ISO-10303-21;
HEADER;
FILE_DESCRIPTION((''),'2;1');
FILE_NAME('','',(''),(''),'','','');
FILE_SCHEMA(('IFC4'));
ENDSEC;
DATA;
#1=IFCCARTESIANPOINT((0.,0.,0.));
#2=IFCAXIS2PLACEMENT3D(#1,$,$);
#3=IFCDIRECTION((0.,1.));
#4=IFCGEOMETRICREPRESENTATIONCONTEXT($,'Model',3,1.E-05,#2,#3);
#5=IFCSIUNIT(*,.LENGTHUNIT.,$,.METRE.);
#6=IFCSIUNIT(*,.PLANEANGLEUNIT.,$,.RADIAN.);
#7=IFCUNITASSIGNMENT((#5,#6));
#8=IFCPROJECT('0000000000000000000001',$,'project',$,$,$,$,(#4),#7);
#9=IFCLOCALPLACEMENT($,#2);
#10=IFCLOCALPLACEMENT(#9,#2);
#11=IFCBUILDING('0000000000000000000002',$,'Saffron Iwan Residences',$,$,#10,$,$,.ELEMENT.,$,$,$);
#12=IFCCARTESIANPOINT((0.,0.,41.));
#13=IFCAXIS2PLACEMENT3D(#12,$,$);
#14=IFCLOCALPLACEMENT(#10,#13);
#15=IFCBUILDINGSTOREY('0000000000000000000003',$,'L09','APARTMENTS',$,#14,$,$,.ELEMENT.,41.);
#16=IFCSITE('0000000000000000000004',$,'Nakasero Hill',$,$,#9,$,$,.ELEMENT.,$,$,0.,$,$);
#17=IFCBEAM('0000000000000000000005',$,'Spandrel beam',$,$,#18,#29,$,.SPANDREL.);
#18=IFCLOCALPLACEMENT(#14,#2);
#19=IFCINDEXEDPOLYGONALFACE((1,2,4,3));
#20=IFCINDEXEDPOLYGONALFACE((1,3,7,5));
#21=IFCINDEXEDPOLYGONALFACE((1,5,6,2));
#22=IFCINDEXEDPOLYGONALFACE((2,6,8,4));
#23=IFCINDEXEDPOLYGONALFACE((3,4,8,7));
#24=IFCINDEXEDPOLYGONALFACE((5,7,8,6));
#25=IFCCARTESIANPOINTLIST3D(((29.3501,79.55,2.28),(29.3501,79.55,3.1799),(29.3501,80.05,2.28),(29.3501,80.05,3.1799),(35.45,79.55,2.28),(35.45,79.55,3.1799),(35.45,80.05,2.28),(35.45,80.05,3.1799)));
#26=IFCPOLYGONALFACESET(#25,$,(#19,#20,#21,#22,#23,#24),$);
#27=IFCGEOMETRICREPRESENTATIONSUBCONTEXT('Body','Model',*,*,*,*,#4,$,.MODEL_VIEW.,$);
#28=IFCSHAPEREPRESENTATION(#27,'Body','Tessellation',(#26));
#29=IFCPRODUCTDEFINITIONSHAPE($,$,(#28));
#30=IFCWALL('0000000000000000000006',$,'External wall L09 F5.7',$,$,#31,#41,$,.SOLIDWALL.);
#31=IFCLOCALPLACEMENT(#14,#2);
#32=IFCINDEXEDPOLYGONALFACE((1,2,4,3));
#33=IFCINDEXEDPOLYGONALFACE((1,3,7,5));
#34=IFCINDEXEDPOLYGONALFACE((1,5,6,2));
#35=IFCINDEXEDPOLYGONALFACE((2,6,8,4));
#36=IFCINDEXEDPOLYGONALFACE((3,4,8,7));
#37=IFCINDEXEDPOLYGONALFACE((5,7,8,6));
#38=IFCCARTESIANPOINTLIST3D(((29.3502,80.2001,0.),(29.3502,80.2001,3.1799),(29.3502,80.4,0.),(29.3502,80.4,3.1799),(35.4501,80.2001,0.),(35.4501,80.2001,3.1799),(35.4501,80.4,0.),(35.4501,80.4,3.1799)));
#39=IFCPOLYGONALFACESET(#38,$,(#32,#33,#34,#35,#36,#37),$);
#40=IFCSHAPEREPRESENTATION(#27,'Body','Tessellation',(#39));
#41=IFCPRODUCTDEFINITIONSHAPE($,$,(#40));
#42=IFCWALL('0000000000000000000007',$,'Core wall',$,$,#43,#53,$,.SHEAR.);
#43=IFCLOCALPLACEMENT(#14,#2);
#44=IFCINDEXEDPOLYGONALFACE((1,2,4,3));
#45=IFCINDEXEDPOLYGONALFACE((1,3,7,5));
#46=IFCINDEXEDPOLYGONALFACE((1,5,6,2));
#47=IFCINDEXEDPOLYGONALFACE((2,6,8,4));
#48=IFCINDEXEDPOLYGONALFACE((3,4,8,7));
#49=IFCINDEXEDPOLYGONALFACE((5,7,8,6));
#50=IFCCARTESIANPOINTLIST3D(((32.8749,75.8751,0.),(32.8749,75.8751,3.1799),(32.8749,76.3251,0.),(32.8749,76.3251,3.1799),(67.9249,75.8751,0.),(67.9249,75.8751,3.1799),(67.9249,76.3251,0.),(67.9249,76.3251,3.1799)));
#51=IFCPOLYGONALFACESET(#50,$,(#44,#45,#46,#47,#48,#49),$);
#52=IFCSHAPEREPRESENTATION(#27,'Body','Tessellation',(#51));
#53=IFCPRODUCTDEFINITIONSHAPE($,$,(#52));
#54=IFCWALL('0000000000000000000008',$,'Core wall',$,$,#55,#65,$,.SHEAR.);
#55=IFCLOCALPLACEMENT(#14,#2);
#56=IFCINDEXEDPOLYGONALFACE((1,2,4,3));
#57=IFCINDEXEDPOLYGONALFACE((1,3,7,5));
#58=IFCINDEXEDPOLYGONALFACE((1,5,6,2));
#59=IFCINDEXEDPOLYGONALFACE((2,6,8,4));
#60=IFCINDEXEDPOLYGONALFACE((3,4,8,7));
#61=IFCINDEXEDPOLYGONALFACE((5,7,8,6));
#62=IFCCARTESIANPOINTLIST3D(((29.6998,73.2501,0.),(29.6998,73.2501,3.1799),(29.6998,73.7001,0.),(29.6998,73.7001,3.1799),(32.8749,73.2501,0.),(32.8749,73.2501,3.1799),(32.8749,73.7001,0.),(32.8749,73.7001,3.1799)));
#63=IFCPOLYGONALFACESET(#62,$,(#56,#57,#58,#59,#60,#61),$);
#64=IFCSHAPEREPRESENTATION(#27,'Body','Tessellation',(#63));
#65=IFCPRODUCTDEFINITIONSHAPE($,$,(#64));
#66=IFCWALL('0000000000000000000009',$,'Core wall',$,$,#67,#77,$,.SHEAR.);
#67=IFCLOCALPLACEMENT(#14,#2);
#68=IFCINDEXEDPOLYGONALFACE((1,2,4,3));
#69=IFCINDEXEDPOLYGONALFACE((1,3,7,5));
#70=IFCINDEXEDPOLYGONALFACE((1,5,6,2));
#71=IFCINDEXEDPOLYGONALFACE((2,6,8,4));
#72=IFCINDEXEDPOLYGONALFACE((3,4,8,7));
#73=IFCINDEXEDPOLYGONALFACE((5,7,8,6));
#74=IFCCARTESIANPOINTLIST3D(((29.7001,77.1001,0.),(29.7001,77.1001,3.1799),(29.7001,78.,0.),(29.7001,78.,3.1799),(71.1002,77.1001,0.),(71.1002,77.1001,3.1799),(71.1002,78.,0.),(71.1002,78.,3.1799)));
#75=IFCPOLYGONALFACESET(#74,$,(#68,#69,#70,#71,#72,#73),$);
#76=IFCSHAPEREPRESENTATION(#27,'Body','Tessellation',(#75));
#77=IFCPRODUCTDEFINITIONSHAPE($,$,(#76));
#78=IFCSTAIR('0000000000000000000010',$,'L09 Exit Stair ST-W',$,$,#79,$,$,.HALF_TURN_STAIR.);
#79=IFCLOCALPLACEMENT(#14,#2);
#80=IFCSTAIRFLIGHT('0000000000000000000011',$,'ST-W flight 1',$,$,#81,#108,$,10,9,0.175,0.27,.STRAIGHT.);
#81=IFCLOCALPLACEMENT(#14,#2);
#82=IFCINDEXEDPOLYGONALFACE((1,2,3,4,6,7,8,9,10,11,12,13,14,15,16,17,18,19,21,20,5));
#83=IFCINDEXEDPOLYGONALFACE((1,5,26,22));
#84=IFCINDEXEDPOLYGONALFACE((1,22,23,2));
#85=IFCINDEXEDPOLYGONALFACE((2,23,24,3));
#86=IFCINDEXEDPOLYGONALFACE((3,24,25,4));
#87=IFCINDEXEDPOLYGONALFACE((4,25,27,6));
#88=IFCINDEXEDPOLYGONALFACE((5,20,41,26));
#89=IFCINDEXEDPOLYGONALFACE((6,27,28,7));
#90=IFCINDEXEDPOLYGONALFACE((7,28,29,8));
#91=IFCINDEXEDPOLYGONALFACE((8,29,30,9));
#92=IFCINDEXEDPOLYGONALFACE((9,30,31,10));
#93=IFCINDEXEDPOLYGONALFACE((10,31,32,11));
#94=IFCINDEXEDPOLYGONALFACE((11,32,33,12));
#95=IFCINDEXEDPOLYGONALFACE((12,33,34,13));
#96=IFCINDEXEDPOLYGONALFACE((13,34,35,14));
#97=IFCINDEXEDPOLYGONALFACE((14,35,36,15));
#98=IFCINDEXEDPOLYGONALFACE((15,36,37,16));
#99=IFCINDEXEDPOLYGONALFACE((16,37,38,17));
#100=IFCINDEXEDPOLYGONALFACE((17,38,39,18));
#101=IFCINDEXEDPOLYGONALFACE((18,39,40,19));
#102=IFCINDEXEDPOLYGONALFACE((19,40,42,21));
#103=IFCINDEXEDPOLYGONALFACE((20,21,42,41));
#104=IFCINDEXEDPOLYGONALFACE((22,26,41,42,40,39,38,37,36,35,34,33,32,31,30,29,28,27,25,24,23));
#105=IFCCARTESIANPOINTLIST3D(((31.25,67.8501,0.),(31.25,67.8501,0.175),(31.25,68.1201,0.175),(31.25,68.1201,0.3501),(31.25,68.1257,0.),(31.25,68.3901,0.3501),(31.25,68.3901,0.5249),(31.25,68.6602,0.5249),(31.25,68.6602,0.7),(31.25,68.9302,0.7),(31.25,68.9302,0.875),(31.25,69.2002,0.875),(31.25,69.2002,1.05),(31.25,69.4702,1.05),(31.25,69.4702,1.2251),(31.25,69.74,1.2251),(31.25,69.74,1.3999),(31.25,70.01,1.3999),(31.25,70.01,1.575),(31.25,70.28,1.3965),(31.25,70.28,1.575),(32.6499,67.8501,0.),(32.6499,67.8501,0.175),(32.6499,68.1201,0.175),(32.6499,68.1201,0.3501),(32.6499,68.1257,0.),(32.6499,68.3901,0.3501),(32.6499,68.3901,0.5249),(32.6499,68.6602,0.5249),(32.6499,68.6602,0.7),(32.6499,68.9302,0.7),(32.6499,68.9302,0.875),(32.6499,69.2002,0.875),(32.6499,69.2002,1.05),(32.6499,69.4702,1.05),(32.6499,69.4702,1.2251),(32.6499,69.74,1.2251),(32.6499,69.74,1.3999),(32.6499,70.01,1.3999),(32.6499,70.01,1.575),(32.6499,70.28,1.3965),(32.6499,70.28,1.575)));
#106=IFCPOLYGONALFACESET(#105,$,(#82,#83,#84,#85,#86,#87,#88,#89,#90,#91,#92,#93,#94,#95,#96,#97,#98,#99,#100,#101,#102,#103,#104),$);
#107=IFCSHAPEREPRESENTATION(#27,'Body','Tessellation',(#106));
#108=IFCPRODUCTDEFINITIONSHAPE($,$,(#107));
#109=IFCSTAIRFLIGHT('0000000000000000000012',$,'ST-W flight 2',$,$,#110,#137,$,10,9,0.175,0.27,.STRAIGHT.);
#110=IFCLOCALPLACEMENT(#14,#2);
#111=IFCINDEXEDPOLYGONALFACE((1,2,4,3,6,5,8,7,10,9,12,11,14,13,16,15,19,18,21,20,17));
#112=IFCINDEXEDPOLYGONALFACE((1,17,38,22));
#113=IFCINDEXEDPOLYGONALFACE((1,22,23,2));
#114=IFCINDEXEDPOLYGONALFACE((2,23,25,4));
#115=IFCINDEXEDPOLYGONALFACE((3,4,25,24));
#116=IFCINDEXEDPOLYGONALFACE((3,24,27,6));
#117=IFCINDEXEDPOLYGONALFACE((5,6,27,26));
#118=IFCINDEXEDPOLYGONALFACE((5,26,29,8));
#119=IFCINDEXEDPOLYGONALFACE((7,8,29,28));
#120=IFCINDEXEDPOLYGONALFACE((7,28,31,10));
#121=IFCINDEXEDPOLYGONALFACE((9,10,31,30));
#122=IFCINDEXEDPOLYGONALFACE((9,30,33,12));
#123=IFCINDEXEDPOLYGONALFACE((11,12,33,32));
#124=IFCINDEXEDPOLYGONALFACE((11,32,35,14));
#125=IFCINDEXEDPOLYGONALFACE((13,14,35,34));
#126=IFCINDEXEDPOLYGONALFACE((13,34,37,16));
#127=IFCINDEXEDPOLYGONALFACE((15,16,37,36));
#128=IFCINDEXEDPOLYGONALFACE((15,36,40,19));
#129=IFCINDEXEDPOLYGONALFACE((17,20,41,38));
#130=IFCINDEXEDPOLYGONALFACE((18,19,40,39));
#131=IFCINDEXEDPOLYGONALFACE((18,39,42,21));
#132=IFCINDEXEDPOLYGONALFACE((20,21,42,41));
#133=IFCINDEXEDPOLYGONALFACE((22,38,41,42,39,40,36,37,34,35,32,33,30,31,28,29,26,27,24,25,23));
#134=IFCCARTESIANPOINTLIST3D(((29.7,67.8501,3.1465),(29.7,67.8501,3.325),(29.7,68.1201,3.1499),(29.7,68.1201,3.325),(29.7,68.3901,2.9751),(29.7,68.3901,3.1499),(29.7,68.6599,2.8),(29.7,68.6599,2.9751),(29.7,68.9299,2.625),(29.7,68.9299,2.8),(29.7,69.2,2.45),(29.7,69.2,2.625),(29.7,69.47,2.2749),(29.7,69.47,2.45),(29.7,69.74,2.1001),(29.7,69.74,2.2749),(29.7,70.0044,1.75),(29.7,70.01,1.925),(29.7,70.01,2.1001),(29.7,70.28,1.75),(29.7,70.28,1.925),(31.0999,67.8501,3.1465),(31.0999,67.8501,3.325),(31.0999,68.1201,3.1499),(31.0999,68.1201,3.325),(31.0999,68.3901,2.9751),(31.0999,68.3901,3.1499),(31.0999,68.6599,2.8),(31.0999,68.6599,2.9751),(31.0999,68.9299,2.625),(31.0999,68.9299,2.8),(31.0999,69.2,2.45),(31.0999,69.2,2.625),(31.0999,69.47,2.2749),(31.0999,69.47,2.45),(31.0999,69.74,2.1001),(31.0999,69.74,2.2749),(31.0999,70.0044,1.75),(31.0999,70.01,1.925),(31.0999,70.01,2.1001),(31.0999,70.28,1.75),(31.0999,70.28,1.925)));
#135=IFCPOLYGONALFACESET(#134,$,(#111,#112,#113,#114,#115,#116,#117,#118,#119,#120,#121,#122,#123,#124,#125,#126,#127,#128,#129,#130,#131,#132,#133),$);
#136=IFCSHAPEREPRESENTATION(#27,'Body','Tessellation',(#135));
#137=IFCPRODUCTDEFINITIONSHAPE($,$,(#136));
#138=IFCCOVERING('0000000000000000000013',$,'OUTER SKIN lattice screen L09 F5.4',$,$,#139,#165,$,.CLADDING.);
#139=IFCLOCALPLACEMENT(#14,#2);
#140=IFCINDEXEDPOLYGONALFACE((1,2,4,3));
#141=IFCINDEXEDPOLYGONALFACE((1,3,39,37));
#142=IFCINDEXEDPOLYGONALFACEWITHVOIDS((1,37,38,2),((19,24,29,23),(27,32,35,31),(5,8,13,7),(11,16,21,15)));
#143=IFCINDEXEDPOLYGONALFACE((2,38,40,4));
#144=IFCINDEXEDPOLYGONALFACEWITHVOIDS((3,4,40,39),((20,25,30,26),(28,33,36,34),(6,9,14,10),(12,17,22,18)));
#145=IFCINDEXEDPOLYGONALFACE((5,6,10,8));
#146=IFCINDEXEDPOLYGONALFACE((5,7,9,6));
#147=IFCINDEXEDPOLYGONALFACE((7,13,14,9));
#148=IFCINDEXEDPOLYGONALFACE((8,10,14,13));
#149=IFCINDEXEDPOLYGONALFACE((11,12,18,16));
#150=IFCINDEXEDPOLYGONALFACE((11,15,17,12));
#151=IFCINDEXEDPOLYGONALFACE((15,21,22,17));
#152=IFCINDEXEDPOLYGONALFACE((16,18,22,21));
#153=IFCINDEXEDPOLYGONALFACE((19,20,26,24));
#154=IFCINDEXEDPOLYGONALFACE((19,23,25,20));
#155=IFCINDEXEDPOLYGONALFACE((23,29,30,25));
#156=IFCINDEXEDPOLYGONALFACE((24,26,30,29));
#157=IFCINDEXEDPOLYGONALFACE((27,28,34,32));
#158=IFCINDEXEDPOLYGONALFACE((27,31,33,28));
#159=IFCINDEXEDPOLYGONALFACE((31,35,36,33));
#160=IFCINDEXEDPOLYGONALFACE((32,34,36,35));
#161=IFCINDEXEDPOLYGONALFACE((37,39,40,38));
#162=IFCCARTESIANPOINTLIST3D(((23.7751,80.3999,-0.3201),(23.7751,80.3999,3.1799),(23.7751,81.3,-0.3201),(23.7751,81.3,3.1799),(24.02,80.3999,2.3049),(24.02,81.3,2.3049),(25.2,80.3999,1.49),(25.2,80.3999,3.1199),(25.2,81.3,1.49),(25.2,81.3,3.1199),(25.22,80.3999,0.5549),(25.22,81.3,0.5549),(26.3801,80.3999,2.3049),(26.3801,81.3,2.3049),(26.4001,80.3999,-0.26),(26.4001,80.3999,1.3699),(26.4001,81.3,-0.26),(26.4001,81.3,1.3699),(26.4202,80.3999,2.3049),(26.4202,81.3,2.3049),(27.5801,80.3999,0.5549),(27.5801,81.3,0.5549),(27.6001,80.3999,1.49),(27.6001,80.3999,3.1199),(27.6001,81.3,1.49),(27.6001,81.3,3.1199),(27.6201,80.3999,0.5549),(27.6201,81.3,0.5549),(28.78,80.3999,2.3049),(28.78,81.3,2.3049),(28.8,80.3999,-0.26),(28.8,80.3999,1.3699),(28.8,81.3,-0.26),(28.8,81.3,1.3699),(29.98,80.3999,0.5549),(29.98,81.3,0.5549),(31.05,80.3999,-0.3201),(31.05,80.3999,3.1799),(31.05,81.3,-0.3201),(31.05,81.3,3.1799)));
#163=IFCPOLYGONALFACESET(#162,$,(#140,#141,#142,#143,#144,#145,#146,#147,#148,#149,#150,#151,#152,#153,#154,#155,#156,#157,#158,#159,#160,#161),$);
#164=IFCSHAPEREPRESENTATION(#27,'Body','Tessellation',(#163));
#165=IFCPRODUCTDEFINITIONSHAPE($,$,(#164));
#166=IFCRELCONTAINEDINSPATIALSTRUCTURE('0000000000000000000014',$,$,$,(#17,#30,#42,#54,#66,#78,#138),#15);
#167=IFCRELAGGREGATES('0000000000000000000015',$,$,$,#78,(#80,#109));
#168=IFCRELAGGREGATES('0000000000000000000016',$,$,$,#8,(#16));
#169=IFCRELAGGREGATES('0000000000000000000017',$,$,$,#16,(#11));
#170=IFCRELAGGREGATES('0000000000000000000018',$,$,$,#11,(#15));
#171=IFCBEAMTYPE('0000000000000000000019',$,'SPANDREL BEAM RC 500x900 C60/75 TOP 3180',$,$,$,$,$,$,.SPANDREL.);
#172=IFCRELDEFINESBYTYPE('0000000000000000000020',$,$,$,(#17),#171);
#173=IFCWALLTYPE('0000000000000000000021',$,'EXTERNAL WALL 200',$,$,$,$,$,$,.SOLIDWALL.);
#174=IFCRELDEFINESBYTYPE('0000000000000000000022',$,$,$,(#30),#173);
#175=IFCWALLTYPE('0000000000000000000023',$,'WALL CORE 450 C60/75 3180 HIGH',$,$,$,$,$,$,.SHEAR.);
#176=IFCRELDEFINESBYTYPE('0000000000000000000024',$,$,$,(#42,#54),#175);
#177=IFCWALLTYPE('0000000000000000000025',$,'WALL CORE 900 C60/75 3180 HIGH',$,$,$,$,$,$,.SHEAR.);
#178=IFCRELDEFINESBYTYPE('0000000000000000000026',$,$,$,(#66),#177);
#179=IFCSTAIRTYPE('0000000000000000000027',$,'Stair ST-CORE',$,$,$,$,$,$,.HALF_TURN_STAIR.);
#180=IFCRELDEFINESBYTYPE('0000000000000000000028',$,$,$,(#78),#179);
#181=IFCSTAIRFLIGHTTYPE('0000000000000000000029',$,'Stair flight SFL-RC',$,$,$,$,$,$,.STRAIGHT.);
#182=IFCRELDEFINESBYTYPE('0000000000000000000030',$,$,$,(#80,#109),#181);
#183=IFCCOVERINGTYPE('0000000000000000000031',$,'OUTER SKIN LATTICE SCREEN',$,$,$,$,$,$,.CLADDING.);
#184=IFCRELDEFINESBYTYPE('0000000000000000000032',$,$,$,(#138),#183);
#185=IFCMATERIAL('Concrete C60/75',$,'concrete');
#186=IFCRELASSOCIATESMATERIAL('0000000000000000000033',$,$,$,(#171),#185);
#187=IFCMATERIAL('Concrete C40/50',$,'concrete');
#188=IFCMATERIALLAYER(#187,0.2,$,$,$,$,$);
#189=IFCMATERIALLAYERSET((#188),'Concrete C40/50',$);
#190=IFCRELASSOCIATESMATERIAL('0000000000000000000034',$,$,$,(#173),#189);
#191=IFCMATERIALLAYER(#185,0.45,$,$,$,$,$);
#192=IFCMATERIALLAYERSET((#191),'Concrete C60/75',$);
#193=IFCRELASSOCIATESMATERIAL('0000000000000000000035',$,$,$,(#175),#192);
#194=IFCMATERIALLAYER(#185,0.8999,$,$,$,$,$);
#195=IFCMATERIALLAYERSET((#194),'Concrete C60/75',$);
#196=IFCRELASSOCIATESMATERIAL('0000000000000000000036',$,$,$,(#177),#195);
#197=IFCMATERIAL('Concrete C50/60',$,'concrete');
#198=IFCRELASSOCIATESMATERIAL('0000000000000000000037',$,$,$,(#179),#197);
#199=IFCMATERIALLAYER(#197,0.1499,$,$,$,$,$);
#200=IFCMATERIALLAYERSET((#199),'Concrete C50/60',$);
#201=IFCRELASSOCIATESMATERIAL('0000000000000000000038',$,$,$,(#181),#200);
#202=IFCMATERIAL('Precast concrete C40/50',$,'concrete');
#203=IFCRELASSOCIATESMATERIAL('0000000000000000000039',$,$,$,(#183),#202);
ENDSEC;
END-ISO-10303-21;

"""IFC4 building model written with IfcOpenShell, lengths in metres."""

from ifc_helpers import new_model, si_unit, direction, frame, frame_2d, origin, origin_2d, place, context, subcontext, project, spatial, polyline, rectangle, outline, extrude, source, transform, mapped, material, layer, layer_set, material_profile, profile_set, type_object, element, aggregate, save


model = new_model("IFC4")

# Units and contexts
model_context = context("Model", 3, precision=1e-05, world=origin(), true_north=direction((0.0, 1.0)))
body_context = subcontext(model_context, "Body", "Model", "MODEL_VIEW")
ifc_project = project(units=[si_unit("LENGTHUNIT", "METRE"), si_unit("PLANEANGLEUNIT", "RADIAN")], contexts=[model_context])

# Site, building, storey
site_placement = place(None, origin())
site = spatial("IfcSite", under=ifc_project, at=site_placement, Name="Nakasero Hill", CompositionType="ELEMENT", RefElevation=0.0)
building_placement = place(site_placement, origin())
building = spatial("IfcBuilding", under=site, at=building_placement, Name="Saffron Iwan Residences", CompositionType="ELEMENT")
storey_placement = place(building_placement, frame((0.0, 0.0, 41.0)))
storey = spatial("IfcBuildingStorey", under=building, at=storey_placement, Name="L09", Description="APARTMENTS", CompositionType="ELEMENT", Elevation=41.0)

# Beam
ifc_material_1 = material(Name="Concrete C60/75", Category="concrete")
ifc_material_profile = material_profile(ifc_material_1, rectangle(XDim=0.5, YDim=0.8999, at=origin_2d()), Name="RC 500x900")
ifc_profile_set = profile_set([ifc_material_profile], Name="Concrete C60/75")
beam_type = type_object("IfcBeamType", Name="SPANDREL BEAM RC 500x900 C60/75 TOP 3180", PredefinedType="SPANDREL", material=ifc_profile_set)
shared_shape = source(origin(), body_context, "Body", "SweptSolid", [
    extrude(rectangle(XDim=0.5, YDim=0.8999, at=origin_2d()), origin(), (0.0, 0.0, 1.0), 6.0999),
])
beam_placement = place(storey_placement, frame((29.3501, 79.8, 2.73), z_axis=(1.0, 0.0, 0.0), x_axis=(0.0, 1.0, 0.0)))
element("IfcBeam", 1, at=beam_placement, inside=storey, type_object=beam_type, Name="Spandrel beam", PredefinedType="SPANDREL", context=body_context, shape_type="MappedRepresentation", body=[
    mapped(shared_shape, transform((0.0, 0.0, 0.0))),
])

# Wall
ifc_material_2 = material(Name="Concrete C40/50", Category="concrete")
ifc_layer_1 = layer(ifc_material_2, 0.2)
ifc_layer_set_1 = layer_set([ifc_layer_1], Name="Concrete C40/50")
wall_type_1 = type_object("IfcWallType", Name="EXTERNAL WALL 200", PredefinedType="SOLIDWALL", material=ifc_layer_set_1)
wall_1_placement = place(storey_placement, frame((35.45, 80.3, 0.0), z_axis=(0.0, 0.0, 1.0), x_axis=(-1.0, 0.0, 0.0)))
element("IfcWall", 2, at=wall_1_placement, inside=storey, type_object=wall_type_1, Name="External wall L09 F5.7", PredefinedType="SOLIDWALL", context=body_context, shape_type="SweptSolid", body=[
    extrude(rectangle(XDim=6.0999, YDim=0.2, at=frame_2d((3.0498, 0.0))), origin(), (0.0, 0.0, 1.0), 3.1799),
])

# Shared definitions
ifc_layer_2 = layer(ifc_material_1, 0.45)
ifc_layer_set_2 = layer_set([ifc_layer_2], Name="Concrete C60/75")
wall_type_2 = type_object("IfcWallType", Name="WALL CORE 450 C60/75 3180 HIGH", PredefinedType="SHEAR", material=ifc_layer_set_2)

# Walls
wall_2_placement = place(storey_placement, frame((32.875, 76.1001, 0.0), z_axis=(0.0, 0.0, 1.0), x_axis=(1.0, 0.0, 0.0)))
element("IfcWall", 3, at=wall_2_placement, inside=storey, type_object=wall_type_2, Name="Core wall", PredefinedType="SHEAR", context=body_context, shape_type="SweptSolid", body=[
    extrude(rectangle(XDim=35.05, YDim=0.45, at=frame_2d((17.5249, 0.0))), origin(), (0.0, 0.0, 1.0), 3.1799),
])
wall_3_placement = place(storey_placement, frame((29.7, 73.4751, 0.0), z_axis=(0.0, 0.0, 1.0), x_axis=(1.0, 0.0, 0.0)))
element("IfcWall", 4, at=wall_3_placement, inside=storey, type_object=wall_type_2, Name="Core wall", PredefinedType="SHEAR", context=body_context, shape_type="SweptSolid", body=[
    extrude(rectangle(XDim=3.175, YDim=0.45, at=frame_2d((1.5874, 0.0))), origin(), (0.0, 0.0, 1.0), 3.1799),
])
ifc_layer_3 = layer(ifc_material_1, 0.8999)
ifc_layer_set_3 = layer_set([ifc_layer_3], Name="Concrete C60/75")
wall_type_3 = type_object("IfcWallType", Name="WALL CORE 900 C60/75 3180 HIGH", PredefinedType="SHEAR", material=ifc_layer_set_3)
wall_4_placement = place(storey_placement, frame((29.7, 77.55, 0.0), z_axis=(0.0, 0.0, 1.0), x_axis=(1.0, 0.0, 0.0)))
element("IfcWall", 5, at=wall_4_placement, inside=storey, type_object=wall_type_3, Name="Core wall", PredefinedType="SHEAR", context=body_context, shape_type="SweptSolid", body=[
    extrude(rectangle(XDim=41.4001, YDim=0.8999, at=frame_2d((20.7002, 0.0))), origin(), (0.0, 0.0, 1.0), 3.1799),
])

# Stair, stair flights
ifc_material_3 = material(Name="Concrete C50/60", Category="concrete")
stair_type = type_object("IfcStairType", Name="Stair ST-CORE", PredefinedType="HALF_TURN_STAIR", material=ifc_material_3)
stair_placement = place(storey_placement, origin())
stair = element("IfcStair", 6, at=stair_placement, inside=storey, type_object=stair_type, Name="L09 Exit Stair ST-W", PredefinedType="HALF_TURN_STAIR")
ifc_layer_4 = layer(ifc_material_3, 0.1499)
ifc_layer_set_4 = layer_set([ifc_layer_4], Name="Concrete C50/60")
stair_flight_type = type_object("IfcStairFlightType", Name="Stair flight SFL-RC", PredefinedType="STRAIGHT", material=ifc_layer_set_4)
stair_flight_1_placement = place(storey_placement, frame((31.95, 67.8501, 0.0), z_axis=(0.0, 0.0, 1.0), x_axis=(0.0, 1.0, 0.0)))
stair_flight_1 = element("IfcStairFlight", 7, at=stair_flight_1_placement, type_object=stair_flight_type, Name="ST-W flight 1", NumberOfRisers=10, NumberOfTreads=9, PredefinedType="STRAIGHT", RiserHeight=0.175, TreadLength=0.27, context=body_context, shape_type="SweptSolid", body=[
    extrude(outline(polyline([(0.0, 0.0), (0.0, 0.175), (0.27, 0.175), (0.27, 0.3501), (0.54, 0.3501), (0.54, 0.5249), (0.8101, 0.5249), (0.8101, 0.7), (1.0801, 0.7), (1.0801, 0.875), (1.3501, 0.875), (1.3501, 1.05), (1.6201, 1.05), (1.6201, 1.2251), (1.8899, 1.2251), (1.8899, 1.3999), (2.1599, 1.3999), (2.1599, 1.575), (2.4299, 1.575), (2.4299, 1.75), (2.4299, 1.3965), (0.2756, 0.0), (0.0, 0.0)])), frame((0.0, 0.7, 0.0), z_axis=(0.0, -1.0, 0.0), x_axis=(1.0, 0.0, 0.0)), (0.0, 0.0, 1.0), 1.3999),
])
stair_flight_2_placement = place(storey_placement, frame((30.3999, 70.28, 1.75), z_axis=(0.0, 0.0, 1.0), x_axis=(0.0, -1.0, 0.0)))
stair_flight_2 = element("IfcStairFlight", 8, at=stair_flight_2_placement, type_object=stair_flight_type, Name="ST-W flight 2", NumberOfRisers=10, NumberOfTreads=9, PredefinedType="STRAIGHT", RiserHeight=0.175, TreadLength=0.27, context=body_context, shape_type="SweptSolid", body=[
    extrude(outline(polyline([(0.0, 0.0), (0.0, 0.175), (0.27, 0.175), (0.27, 0.3501), (0.54, 0.3501), (0.54, 0.5249), (0.8101, 0.5249), (0.8101, 0.7), (1.0801, 0.7), (1.0801, 0.875), (1.3501, 0.875), (1.3501, 1.05), (1.6201, 1.05), (1.6201, 1.2251), (1.8899, 1.2251), (1.8899, 1.3999), (2.1599, 1.3999), (2.1599, 1.575), (2.4299, 1.575), (2.4299, 1.75), (2.4299, 1.3965), (0.2756, 0.0), (0.0, 0.0)])), frame((0.0, 0.7, 0.0), z_axis=(0.0, -1.0, 0.0), x_axis=(1.0, 0.0, 0.0)), (0.0, 0.0, 1.0), 1.3999),
])
aggregate(stair, [stair_flight_1, stair_flight_2])

# Covering
ifc_material_4 = material(Name="Precast concrete C40/50", Category="concrete")
covering_type_1 = type_object("IfcCoveringType", Name="OUTER SKIN LATTICE SCREEN", PredefinedType="CLADDING", material=ifc_material_4)
covering_1_placement = place(storey_placement, frame((31.05, 80.3999, -0.3201), z_axis=(0.0, 1.0, 0.0), x_axis=(-1.0, 0.0, 0.0)))
element("IfcCovering", 9, at=covering_1_placement, inside=storey, type_object=covering_type_1, Name="OUTER SKIN lattice screen L09 F5.4", PredefinedType="CLADDING", context=body_context, shape_type="SweptSolid", body=[
    extrude(outline(polyline([(0.0, 0.0), (7.2749, 0.0), (7.2749, 3.5), (0.0, 3.5), (0.0, 0.0)]), holes=[polyline([(1.0701, 0.875), (2.25, 0.0601), (3.4299, 0.875), (2.25, 1.6899), (1.0701, 0.875)]), polyline([(3.47, 0.875), (4.6499, 0.0601), (5.8301, 0.875), (4.6499, 1.6899), (3.47, 0.875)]), polyline([(2.27, 2.625), (3.45, 1.8101), (4.6299, 2.625), (3.45, 3.4399), (2.27, 2.625)]), polyline([(4.6699, 2.625), (5.8501, 1.8101), (7.03, 2.625), (5.8501, 3.4399), (4.6699, 2.625)])]), origin(), (0.0, 0.0, 1.0), 0.9001),
])

save(model, "model.ifc")
